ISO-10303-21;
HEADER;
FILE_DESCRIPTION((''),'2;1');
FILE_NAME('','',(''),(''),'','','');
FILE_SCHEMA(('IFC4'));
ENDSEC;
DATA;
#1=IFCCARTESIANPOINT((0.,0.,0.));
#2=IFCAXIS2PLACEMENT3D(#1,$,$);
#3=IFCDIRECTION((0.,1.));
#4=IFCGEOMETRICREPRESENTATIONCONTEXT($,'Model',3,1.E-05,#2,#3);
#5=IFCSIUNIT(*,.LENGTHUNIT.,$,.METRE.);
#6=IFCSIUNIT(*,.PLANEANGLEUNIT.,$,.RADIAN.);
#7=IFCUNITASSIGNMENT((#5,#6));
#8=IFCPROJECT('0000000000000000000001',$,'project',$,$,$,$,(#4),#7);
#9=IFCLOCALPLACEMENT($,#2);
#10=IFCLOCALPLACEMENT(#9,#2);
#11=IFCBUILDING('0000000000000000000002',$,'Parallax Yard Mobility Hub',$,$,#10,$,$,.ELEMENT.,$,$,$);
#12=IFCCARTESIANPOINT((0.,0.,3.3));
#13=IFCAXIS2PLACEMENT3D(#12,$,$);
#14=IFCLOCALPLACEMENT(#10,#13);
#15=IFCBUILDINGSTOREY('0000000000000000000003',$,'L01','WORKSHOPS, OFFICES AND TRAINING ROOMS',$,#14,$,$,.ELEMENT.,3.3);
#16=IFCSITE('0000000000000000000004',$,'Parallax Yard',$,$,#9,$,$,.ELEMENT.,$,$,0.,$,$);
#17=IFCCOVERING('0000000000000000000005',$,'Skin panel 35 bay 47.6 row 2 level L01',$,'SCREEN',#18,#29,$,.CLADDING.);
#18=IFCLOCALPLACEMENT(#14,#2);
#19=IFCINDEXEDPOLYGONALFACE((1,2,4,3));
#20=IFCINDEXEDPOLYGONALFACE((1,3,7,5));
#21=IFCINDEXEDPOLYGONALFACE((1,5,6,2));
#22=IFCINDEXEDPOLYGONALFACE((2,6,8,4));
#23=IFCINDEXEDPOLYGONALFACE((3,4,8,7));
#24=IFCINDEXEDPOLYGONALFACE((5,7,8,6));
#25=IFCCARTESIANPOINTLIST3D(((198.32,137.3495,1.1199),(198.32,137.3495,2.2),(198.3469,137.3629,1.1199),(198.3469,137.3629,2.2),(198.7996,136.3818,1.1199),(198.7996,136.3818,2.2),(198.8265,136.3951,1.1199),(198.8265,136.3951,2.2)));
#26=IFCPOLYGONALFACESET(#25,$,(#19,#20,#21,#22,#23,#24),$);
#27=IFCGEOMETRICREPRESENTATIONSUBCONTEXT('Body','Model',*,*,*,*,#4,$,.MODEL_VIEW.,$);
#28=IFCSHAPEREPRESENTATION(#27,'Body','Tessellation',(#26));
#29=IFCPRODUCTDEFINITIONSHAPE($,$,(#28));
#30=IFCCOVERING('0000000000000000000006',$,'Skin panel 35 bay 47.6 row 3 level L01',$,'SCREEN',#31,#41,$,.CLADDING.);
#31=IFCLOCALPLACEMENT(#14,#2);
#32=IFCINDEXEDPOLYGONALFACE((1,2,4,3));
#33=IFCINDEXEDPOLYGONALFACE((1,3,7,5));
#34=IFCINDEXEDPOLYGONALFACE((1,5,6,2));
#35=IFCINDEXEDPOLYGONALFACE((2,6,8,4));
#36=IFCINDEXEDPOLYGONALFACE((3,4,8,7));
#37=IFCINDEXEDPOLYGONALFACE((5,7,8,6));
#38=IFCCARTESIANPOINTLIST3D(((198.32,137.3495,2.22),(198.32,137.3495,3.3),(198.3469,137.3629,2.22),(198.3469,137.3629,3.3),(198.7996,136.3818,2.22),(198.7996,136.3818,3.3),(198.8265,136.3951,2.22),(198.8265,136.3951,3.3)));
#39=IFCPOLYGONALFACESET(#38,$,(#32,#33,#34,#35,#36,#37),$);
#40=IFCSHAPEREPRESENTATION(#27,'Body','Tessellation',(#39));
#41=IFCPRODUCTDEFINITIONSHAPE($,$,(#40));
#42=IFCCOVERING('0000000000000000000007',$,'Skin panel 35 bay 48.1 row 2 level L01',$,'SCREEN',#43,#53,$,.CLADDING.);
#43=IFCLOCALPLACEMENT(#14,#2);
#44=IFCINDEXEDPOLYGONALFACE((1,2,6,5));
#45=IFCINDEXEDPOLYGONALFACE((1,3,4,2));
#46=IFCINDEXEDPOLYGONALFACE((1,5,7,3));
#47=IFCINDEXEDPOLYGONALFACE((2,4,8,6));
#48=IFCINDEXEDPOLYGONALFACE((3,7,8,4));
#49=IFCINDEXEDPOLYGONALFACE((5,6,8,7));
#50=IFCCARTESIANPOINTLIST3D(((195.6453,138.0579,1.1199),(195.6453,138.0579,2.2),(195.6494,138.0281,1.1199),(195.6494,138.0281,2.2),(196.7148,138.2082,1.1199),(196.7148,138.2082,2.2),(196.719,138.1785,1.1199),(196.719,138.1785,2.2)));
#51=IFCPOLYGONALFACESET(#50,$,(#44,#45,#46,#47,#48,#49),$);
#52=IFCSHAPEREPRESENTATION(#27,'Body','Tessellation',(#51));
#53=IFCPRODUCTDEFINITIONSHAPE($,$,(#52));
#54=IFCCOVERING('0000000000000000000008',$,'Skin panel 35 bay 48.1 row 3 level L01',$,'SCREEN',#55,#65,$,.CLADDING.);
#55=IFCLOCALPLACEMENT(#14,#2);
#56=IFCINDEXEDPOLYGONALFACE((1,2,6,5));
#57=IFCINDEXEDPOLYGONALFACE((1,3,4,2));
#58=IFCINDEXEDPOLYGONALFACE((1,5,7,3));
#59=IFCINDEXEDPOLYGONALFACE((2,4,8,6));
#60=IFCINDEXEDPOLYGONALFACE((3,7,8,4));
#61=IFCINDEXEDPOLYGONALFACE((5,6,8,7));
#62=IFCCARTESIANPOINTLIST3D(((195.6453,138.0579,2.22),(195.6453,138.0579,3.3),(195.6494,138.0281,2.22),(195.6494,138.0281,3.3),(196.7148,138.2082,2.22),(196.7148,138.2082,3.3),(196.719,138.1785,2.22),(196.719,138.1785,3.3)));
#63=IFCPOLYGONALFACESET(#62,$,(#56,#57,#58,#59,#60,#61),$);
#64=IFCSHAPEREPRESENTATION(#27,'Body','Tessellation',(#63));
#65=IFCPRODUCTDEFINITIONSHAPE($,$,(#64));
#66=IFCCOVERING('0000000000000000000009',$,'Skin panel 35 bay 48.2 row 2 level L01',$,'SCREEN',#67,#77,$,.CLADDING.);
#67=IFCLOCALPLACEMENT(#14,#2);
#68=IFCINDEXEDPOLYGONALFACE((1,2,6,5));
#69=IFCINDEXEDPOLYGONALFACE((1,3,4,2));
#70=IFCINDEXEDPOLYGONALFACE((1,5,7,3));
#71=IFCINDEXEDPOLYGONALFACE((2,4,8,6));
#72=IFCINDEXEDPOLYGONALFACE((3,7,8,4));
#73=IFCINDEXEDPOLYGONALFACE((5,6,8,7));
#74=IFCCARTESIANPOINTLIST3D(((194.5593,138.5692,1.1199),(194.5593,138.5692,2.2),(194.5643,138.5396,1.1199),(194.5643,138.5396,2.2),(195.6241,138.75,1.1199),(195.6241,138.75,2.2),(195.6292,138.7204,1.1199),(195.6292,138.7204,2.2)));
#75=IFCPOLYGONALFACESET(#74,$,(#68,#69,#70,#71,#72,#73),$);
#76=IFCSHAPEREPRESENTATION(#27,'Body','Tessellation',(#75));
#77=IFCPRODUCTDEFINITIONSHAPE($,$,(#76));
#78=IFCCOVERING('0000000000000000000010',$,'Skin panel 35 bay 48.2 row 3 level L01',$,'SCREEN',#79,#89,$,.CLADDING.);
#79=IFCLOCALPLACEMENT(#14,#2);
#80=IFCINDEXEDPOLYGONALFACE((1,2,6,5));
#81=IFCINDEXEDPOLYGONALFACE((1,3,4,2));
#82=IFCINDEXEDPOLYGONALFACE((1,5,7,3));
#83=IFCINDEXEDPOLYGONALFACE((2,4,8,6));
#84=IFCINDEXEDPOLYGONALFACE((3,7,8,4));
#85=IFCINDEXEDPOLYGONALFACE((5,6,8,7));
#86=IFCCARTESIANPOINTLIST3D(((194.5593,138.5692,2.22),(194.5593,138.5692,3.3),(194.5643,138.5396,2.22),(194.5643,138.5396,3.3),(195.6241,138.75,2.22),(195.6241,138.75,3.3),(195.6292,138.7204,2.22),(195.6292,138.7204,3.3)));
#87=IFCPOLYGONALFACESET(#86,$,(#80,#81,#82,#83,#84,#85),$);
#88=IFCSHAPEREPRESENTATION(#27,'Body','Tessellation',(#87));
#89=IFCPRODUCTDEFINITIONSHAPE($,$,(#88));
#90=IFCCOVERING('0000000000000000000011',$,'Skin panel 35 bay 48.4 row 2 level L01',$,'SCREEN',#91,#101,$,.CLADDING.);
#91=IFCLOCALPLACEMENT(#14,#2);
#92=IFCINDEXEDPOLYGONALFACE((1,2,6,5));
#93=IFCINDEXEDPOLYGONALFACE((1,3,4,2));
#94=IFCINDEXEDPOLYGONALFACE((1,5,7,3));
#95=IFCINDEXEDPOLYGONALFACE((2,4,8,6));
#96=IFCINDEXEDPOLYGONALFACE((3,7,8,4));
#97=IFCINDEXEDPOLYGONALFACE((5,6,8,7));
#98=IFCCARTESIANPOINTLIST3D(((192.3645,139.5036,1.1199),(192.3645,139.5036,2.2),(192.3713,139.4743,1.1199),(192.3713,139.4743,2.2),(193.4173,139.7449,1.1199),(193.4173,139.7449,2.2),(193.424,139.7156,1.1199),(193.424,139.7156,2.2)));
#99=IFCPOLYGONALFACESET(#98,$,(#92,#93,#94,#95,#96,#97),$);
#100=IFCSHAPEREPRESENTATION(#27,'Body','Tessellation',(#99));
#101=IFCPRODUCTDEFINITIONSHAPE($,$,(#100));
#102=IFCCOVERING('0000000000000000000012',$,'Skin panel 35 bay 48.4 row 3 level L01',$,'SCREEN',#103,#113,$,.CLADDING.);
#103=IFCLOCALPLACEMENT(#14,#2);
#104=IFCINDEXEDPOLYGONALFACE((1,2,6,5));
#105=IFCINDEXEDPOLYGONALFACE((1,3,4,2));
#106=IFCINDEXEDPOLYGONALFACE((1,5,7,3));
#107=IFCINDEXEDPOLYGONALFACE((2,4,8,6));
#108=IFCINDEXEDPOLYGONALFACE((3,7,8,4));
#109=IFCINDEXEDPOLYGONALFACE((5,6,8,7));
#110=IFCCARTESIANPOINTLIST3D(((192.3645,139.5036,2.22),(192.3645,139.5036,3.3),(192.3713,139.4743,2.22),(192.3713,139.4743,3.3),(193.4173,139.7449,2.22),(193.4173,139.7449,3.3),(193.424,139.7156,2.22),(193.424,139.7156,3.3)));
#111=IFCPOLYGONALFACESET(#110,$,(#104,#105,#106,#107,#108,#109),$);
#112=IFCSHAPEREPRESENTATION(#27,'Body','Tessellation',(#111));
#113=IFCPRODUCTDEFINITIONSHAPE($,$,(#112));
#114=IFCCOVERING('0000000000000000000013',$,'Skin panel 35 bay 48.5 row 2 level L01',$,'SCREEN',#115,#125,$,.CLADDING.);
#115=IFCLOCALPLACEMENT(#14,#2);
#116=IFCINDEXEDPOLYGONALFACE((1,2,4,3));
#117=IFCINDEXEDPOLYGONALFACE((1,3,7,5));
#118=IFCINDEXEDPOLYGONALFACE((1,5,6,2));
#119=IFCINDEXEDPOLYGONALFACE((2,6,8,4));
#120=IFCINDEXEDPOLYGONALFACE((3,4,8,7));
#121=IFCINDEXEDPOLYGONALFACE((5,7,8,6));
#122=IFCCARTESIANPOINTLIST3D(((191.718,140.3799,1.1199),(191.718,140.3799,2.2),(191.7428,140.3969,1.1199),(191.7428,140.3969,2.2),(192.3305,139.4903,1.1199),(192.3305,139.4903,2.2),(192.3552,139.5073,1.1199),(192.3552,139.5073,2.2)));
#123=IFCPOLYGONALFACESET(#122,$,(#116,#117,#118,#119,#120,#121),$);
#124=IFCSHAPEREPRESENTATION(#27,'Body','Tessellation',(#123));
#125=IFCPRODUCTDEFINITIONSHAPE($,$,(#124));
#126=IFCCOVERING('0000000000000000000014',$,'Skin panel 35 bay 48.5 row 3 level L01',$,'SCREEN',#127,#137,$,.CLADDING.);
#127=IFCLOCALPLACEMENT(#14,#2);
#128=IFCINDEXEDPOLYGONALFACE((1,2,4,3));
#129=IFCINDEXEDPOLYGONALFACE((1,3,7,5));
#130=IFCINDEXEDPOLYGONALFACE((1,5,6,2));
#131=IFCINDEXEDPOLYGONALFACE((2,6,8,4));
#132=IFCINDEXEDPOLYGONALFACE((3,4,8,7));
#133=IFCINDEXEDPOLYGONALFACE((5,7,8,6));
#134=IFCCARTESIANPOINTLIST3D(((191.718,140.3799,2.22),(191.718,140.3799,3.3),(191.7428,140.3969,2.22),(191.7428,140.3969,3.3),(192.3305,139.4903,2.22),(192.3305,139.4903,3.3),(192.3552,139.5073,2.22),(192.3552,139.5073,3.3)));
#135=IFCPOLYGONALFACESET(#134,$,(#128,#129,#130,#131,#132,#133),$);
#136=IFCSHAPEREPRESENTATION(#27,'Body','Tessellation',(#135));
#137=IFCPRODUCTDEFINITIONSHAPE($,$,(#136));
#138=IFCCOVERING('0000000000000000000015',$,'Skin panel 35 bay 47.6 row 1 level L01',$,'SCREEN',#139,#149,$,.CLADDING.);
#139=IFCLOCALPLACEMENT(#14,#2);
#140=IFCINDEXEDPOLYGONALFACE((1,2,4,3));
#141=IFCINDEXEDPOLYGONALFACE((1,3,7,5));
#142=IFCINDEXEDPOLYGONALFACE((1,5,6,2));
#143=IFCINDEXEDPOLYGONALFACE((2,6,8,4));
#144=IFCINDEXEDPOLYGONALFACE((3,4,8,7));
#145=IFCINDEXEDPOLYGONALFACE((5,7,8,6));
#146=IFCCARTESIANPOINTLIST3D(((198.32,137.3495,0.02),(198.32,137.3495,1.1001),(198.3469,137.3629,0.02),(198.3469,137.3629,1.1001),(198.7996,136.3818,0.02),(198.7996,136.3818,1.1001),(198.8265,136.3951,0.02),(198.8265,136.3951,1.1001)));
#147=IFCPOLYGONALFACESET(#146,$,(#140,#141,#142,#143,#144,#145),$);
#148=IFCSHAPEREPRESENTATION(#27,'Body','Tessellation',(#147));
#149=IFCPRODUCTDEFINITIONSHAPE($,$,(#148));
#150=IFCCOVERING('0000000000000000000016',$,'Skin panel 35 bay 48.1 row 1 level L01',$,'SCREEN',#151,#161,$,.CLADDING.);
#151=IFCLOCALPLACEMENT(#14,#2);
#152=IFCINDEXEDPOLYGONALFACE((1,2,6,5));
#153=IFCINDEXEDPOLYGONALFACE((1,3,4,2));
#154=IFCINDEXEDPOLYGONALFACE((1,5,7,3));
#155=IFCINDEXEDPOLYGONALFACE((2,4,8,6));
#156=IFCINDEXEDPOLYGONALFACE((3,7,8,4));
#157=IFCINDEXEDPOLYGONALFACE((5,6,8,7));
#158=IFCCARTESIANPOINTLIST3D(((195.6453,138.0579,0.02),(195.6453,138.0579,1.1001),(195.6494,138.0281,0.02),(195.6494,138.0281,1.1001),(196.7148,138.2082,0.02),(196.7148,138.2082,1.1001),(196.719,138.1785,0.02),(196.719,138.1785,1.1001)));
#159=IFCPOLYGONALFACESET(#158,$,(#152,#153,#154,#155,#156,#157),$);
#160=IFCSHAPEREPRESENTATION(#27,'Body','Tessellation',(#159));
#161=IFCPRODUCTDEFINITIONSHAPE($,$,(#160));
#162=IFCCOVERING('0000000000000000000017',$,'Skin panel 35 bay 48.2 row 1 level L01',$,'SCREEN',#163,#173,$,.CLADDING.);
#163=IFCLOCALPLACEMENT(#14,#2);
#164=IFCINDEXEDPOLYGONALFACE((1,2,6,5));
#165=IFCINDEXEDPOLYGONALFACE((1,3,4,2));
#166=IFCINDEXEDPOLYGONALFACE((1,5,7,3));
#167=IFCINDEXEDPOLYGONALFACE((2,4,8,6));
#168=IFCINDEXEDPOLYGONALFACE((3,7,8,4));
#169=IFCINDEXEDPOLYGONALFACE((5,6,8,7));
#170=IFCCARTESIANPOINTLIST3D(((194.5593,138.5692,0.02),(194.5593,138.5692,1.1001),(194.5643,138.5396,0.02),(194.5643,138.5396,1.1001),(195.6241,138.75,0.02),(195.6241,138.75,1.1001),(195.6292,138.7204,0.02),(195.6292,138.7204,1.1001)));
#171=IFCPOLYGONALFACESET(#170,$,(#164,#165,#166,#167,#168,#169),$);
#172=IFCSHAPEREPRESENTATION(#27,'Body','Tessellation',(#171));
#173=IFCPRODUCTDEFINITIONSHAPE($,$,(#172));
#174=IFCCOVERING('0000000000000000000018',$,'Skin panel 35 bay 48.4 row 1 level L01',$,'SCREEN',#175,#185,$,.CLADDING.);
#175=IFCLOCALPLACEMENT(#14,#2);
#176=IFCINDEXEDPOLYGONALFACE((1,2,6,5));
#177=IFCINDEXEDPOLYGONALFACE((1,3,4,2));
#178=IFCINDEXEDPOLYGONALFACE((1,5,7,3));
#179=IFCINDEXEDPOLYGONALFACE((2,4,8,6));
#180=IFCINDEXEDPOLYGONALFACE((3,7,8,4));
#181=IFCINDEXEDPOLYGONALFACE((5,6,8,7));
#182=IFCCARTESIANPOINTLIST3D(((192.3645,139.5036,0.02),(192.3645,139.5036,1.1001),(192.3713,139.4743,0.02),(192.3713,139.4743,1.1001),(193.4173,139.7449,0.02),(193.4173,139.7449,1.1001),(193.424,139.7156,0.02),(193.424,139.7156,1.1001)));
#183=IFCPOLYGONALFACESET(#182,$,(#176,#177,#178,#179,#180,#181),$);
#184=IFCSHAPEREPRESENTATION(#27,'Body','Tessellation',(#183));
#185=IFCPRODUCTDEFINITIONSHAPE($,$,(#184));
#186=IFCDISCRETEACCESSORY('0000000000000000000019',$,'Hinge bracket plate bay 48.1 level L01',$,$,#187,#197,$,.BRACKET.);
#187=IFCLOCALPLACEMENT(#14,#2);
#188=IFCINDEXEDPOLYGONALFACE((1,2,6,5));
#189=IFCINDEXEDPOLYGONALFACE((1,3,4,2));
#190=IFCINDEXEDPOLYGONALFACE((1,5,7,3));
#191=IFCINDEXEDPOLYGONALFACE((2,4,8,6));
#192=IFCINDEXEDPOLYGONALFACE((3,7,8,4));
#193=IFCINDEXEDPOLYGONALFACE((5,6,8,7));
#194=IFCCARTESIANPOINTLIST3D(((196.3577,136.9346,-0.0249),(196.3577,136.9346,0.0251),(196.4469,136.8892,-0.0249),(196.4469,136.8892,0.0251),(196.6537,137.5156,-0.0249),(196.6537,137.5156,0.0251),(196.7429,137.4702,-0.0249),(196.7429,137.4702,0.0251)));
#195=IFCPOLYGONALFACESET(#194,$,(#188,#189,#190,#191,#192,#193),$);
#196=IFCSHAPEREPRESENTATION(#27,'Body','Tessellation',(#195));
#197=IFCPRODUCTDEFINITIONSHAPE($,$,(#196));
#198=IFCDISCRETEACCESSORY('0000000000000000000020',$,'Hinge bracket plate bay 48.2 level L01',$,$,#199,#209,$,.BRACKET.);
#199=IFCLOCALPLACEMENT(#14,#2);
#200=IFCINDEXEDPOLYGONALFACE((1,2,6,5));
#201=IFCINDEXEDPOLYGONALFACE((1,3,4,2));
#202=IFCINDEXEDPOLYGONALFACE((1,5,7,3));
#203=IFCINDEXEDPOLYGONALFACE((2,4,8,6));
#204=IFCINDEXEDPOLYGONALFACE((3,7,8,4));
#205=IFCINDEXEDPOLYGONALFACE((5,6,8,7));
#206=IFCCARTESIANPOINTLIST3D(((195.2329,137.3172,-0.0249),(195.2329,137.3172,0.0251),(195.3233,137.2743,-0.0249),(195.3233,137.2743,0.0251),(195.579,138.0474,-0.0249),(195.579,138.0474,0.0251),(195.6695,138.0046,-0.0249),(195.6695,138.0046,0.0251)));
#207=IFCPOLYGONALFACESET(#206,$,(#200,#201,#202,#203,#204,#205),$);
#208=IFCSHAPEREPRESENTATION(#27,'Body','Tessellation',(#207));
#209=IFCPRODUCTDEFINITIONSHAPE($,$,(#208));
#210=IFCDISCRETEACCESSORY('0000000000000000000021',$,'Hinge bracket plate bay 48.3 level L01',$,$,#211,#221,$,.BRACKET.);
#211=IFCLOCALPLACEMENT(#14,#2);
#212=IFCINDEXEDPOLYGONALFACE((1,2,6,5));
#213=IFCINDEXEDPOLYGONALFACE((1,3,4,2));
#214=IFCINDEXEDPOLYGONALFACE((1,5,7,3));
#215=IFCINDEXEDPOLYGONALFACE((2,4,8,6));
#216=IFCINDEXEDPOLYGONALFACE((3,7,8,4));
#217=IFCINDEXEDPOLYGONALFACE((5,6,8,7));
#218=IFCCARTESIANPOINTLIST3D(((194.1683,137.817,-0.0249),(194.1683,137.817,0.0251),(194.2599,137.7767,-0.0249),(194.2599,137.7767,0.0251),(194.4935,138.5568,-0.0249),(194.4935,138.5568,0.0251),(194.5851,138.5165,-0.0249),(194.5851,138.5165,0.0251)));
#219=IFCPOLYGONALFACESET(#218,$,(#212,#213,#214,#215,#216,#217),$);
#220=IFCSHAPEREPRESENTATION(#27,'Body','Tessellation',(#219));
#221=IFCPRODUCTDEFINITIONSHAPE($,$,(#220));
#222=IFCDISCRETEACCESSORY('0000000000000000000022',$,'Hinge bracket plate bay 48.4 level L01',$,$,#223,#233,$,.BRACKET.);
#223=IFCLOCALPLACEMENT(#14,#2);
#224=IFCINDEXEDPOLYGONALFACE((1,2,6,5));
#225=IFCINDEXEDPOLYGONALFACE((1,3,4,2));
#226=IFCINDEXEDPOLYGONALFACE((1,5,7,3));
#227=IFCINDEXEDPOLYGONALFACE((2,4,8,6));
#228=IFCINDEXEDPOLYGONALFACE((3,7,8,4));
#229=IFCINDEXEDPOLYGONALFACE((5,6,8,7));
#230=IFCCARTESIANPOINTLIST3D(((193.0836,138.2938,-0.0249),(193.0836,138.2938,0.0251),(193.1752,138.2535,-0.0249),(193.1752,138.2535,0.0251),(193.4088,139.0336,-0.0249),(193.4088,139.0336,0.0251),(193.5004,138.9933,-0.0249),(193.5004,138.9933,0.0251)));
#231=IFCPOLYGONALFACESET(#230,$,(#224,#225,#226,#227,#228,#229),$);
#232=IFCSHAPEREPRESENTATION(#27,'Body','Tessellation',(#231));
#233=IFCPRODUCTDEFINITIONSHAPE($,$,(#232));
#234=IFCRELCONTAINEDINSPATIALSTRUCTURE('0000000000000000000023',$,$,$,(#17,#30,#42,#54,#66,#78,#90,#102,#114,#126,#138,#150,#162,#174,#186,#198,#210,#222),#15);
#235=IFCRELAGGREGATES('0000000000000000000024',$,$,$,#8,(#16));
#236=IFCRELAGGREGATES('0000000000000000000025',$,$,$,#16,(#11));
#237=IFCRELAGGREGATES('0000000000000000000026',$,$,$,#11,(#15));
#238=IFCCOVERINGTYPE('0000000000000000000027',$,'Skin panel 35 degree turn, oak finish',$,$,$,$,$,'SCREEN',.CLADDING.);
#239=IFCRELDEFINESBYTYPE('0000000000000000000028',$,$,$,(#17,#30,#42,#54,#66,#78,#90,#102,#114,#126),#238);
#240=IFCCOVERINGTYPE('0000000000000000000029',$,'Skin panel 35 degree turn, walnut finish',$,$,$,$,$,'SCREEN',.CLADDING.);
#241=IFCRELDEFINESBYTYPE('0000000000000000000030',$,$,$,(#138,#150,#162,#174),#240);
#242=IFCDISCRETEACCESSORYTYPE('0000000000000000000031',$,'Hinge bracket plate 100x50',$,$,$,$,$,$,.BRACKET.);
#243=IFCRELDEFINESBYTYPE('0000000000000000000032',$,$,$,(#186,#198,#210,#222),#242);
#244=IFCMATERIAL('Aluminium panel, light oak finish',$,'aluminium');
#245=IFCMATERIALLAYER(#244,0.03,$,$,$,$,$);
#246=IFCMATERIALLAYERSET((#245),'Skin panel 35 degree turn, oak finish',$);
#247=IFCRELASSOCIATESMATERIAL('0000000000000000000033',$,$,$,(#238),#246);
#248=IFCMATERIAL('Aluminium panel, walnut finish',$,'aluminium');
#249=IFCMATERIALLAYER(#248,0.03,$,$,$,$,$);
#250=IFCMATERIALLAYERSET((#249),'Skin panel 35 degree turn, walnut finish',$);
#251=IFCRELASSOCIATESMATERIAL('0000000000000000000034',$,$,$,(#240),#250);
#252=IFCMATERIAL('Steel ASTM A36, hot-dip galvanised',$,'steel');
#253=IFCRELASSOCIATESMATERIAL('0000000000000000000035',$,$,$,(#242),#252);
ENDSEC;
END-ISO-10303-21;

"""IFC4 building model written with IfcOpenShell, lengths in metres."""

from ifc_helpers import new_model, si_unit, direction, frame, origin, origin_2d, place, context, subcontext, project, spatial, rectangle, extrude, material, layer, layer_set, type_object, element, save


model = new_model("IFC4")

# Units and contexts
model_context = context("Model", 3, precision=1e-05, world=origin(), true_north=direction((0.0, 1.0)))
body_context = subcontext(model_context, "Body", "Model", "MODEL_VIEW")
ifc_project = project(units=[si_unit("LENGTHUNIT", "METRE"), si_unit("PLANEANGLEUNIT", "RADIAN")], contexts=[model_context])

# Site, building, storey
site_placement = place(None, origin())
site = spatial("IfcSite", under=ifc_project, at=site_placement, Name="Parallax Yard", CompositionType="ELEMENT", RefElevation=0.0)
building_placement = place(site_placement, origin())
building = spatial("IfcBuilding", under=site, at=building_placement, Name="Parallax Yard Mobility Hub", CompositionType="ELEMENT")
storey_placement = place(building_placement, frame((0.0, 0.0, 3.3)))
storey = spatial("IfcBuildingStorey", under=building, at=storey_placement, Name="L01", Description="WORKSHOPS, OFFICES AND TRAINING ROOMS", CompositionType="ELEMENT", Elevation=3.3)

# Coverings
ifc_material_1 = material(Name="Aluminium panel, light oak finish", Category="aluminium")
ifc_material_2 = material(Name="Aluminium panel, walnut finish", Category="aluminium")
ifc_layer_1 = layer(ifc_material_1, 0.03)
ifc_layer_set_1 = layer_set([ifc_layer_1], Name="Skin panel 35 degree turn, oak finish")
covering_type_1 = type_object("IfcCoveringType", Name="Skin panel 35 degree turn, oak finish", ElementType="SCREEN", PredefinedType="CLADDING", material=ifc_layer_set_1)
for number, where, z_axis, x_axis, name in (
    (1, (198.5732, 136.8723, 1.1199), (0.0, 0.0, 1.0), (-0.444066, 0.895994, 0.0), "Skin panel 35 bay 47.6 row 2 level L01"),
    (2, (198.5732, 136.8723, 2.22), (0.0, 0.0, 1.0), (-0.444066, 0.895994, 0.0), "Skin panel 35 bay 47.6 row 3 level L01"),
    (3, (196.1821, 138.1182, 1.1199), (0.0, 0.0, 1.0), (0.990268, 0.139173, 0.0), "Skin panel 35 bay 48.1 row 2 level L01"),
    (4, (196.1821, 138.1182, 2.22), (0.0, 0.0, 1.0), (0.990268, 0.139173, 0.0), "Skin panel 35 bay 48.1 row 3 level L01"),
    (5, (195.0942, 138.6448, 1.1199), (0.0, 0.0, 1.0), (0.98589, 0.167395, 0.0), "Skin panel 35 bay 48.2 row 2 level L01"),
    (6, (195.0942, 138.6448, 2.22), (0.0, 0.0, 1.0), (0.98589, 0.167395, 0.0), "Skin panel 35 bay 48.2 row 3 level L01"),
    (7, (192.8943, 139.6096, 1.1199), (0.0, 0.0, 1.0), (0.974726, 0.223405, 0.0), "Skin panel 35 bay 48.4 row 2 level L01"),
    (8, (192.8943, 139.6096, 2.22), (0.0, 0.0, 1.0), (0.974726, 0.223405, 0.0), "Skin panel 35 bay 48.4 row 3 level L01"),
    (9, (192.0366, 139.9436, 1.1199), (0.0, 0.0, 1.0), (-0.567061, 0.823676, 0.0), "Skin panel 35 bay 48.5 row 2 level L01"),
    (10, (192.0366, 139.9436, 2.22), (0.0, 0.0, 1.0), (-0.567061, 0.823676, 0.0), "Skin panel 35 bay 48.5 row 3 level L01"),
):
    element("IfcCovering", number, at=place(storey_placement, frame(where, z_axis=z_axis, x_axis=x_axis)), inside=storey, type_object=covering_type_1, Name=name, ObjectType="SCREEN", PredefinedType="CLADDING", context=body_context, shape_type="SweptSolid", body=[
        extrude(rectangle(XDim=1.0801, YDim=0.03, at=origin_2d()), origin(), (0.0, 0.0, 1.0), 1.0801),
    ])
ifc_layer_2 = layer(ifc_material_2, 0.03)
ifc_layer_set_2 = layer_set([ifc_layer_2], Name="Skin panel 35 degree turn, walnut finish")
covering_type_2 = type_object("IfcCoveringType", Name="Skin panel 35 degree turn, walnut finish", ElementType="SCREEN", PredefinedType="CLADDING", material=ifc_layer_set_2)
for number, where, z_axis, x_axis, name in (
    (11, (198.5732, 136.8723, 0.02), (0.0, 0.0, 1.0), (-0.444066, 0.895994, 0.0), "Skin panel 35 bay 47.6 row 1 level L01"),
    (12, (196.1821, 138.1182, 0.02), (0.0, 0.0, 1.0), (0.990268, 0.139173, 0.0), "Skin panel 35 bay 48.1 row 1 level L01"),
    (13, (195.0942, 138.6448, 0.02), (0.0, 0.0, 1.0), (0.98589, 0.167395, 0.0), "Skin panel 35 bay 48.2 row 1 level L01"),
    (14, (192.8943, 139.6096, 0.02), (0.0, 0.0, 1.0), (0.974726, 0.223405, 0.0), "Skin panel 35 bay 48.4 row 1 level L01"),
):
    element("IfcCovering", number, at=place(storey_placement, frame(where, z_axis=z_axis, x_axis=x_axis)), inside=storey, type_object=covering_type_2, Name=name, ObjectType="SCREEN", PredefinedType="CLADDING", context=body_context, shape_type="SweptSolid", body=[
        extrude(rectangle(XDim=1.0801, YDim=0.03, at=origin_2d()), origin(), (0.0, 0.0, 1.0), 1.0801),
    ])

# Discrete accessories
ifc_material_3 = material(Name="Steel ASTM A36, hot-dip galvanised", Category="steel")
discrete_accessory_type_1 = type_object("IfcDiscreteAccessoryType", Name="Hinge bracket plate 100x50", PredefinedType="BRACKET", material=ifc_material_3)
discrete_accessory_placement = place(storey_placement, frame((196.5503, 137.2024, -0.0249), z_axis=(0.0, 0.0, 1.0), x_axis=(0.45399, 0.891007, 0.0)))
element("IfcDiscreteAccessory", 15, at=discrete_accessory_placement, inside=storey, type_object=discrete_accessory_type_1, Name="Hinge bracket plate bay 48.1 level L01", PredefinedType="BRACKET", context=body_context, shape_type="SweptSolid", body=[
    extrude(rectangle(XDim=0.6521, YDim=0.1001, at=origin_2d()), origin(), (0.0, 0.0, 1.0), 0.05),
])
for number, where, z_axis, x_axis, name in (
    (16, (195.4512, 137.6609, -0.0249), (0.0, 0.0, 1.0), (0.428361, 0.903608, 0.0), "Hinge bracket plate bay 48.2 level L01"),
    (17, (194.3767, 138.1667, -0.0249), (0.0, 0.0, 1.0), (0.402384, 0.915471, 0.0), "Hinge bracket plate bay 48.3 level L01"),
    (18, (193.292, 138.6436, -0.0249), (0.0, 0.0, 1.0), (0.402384, 0.915471, 0.0), "Hinge bracket plate bay 48.4 level L01"),
):
    element("IfcDiscreteAccessory", number, at=place(storey_placement, frame(where, z_axis=z_axis, x_axis=x_axis)), inside=storey, type_object=discrete_accessory_type_1, Name=name, PredefinedType="BRACKET", context=body_context, shape_type="SweptSolid", body=[
        extrude(rectangle(XDim=0.8081, YDim=0.1001, at=origin_2d()), origin(), (0.0, 0.0, 1.0), 0.05),
    ])

save(model, "model.ifc")
